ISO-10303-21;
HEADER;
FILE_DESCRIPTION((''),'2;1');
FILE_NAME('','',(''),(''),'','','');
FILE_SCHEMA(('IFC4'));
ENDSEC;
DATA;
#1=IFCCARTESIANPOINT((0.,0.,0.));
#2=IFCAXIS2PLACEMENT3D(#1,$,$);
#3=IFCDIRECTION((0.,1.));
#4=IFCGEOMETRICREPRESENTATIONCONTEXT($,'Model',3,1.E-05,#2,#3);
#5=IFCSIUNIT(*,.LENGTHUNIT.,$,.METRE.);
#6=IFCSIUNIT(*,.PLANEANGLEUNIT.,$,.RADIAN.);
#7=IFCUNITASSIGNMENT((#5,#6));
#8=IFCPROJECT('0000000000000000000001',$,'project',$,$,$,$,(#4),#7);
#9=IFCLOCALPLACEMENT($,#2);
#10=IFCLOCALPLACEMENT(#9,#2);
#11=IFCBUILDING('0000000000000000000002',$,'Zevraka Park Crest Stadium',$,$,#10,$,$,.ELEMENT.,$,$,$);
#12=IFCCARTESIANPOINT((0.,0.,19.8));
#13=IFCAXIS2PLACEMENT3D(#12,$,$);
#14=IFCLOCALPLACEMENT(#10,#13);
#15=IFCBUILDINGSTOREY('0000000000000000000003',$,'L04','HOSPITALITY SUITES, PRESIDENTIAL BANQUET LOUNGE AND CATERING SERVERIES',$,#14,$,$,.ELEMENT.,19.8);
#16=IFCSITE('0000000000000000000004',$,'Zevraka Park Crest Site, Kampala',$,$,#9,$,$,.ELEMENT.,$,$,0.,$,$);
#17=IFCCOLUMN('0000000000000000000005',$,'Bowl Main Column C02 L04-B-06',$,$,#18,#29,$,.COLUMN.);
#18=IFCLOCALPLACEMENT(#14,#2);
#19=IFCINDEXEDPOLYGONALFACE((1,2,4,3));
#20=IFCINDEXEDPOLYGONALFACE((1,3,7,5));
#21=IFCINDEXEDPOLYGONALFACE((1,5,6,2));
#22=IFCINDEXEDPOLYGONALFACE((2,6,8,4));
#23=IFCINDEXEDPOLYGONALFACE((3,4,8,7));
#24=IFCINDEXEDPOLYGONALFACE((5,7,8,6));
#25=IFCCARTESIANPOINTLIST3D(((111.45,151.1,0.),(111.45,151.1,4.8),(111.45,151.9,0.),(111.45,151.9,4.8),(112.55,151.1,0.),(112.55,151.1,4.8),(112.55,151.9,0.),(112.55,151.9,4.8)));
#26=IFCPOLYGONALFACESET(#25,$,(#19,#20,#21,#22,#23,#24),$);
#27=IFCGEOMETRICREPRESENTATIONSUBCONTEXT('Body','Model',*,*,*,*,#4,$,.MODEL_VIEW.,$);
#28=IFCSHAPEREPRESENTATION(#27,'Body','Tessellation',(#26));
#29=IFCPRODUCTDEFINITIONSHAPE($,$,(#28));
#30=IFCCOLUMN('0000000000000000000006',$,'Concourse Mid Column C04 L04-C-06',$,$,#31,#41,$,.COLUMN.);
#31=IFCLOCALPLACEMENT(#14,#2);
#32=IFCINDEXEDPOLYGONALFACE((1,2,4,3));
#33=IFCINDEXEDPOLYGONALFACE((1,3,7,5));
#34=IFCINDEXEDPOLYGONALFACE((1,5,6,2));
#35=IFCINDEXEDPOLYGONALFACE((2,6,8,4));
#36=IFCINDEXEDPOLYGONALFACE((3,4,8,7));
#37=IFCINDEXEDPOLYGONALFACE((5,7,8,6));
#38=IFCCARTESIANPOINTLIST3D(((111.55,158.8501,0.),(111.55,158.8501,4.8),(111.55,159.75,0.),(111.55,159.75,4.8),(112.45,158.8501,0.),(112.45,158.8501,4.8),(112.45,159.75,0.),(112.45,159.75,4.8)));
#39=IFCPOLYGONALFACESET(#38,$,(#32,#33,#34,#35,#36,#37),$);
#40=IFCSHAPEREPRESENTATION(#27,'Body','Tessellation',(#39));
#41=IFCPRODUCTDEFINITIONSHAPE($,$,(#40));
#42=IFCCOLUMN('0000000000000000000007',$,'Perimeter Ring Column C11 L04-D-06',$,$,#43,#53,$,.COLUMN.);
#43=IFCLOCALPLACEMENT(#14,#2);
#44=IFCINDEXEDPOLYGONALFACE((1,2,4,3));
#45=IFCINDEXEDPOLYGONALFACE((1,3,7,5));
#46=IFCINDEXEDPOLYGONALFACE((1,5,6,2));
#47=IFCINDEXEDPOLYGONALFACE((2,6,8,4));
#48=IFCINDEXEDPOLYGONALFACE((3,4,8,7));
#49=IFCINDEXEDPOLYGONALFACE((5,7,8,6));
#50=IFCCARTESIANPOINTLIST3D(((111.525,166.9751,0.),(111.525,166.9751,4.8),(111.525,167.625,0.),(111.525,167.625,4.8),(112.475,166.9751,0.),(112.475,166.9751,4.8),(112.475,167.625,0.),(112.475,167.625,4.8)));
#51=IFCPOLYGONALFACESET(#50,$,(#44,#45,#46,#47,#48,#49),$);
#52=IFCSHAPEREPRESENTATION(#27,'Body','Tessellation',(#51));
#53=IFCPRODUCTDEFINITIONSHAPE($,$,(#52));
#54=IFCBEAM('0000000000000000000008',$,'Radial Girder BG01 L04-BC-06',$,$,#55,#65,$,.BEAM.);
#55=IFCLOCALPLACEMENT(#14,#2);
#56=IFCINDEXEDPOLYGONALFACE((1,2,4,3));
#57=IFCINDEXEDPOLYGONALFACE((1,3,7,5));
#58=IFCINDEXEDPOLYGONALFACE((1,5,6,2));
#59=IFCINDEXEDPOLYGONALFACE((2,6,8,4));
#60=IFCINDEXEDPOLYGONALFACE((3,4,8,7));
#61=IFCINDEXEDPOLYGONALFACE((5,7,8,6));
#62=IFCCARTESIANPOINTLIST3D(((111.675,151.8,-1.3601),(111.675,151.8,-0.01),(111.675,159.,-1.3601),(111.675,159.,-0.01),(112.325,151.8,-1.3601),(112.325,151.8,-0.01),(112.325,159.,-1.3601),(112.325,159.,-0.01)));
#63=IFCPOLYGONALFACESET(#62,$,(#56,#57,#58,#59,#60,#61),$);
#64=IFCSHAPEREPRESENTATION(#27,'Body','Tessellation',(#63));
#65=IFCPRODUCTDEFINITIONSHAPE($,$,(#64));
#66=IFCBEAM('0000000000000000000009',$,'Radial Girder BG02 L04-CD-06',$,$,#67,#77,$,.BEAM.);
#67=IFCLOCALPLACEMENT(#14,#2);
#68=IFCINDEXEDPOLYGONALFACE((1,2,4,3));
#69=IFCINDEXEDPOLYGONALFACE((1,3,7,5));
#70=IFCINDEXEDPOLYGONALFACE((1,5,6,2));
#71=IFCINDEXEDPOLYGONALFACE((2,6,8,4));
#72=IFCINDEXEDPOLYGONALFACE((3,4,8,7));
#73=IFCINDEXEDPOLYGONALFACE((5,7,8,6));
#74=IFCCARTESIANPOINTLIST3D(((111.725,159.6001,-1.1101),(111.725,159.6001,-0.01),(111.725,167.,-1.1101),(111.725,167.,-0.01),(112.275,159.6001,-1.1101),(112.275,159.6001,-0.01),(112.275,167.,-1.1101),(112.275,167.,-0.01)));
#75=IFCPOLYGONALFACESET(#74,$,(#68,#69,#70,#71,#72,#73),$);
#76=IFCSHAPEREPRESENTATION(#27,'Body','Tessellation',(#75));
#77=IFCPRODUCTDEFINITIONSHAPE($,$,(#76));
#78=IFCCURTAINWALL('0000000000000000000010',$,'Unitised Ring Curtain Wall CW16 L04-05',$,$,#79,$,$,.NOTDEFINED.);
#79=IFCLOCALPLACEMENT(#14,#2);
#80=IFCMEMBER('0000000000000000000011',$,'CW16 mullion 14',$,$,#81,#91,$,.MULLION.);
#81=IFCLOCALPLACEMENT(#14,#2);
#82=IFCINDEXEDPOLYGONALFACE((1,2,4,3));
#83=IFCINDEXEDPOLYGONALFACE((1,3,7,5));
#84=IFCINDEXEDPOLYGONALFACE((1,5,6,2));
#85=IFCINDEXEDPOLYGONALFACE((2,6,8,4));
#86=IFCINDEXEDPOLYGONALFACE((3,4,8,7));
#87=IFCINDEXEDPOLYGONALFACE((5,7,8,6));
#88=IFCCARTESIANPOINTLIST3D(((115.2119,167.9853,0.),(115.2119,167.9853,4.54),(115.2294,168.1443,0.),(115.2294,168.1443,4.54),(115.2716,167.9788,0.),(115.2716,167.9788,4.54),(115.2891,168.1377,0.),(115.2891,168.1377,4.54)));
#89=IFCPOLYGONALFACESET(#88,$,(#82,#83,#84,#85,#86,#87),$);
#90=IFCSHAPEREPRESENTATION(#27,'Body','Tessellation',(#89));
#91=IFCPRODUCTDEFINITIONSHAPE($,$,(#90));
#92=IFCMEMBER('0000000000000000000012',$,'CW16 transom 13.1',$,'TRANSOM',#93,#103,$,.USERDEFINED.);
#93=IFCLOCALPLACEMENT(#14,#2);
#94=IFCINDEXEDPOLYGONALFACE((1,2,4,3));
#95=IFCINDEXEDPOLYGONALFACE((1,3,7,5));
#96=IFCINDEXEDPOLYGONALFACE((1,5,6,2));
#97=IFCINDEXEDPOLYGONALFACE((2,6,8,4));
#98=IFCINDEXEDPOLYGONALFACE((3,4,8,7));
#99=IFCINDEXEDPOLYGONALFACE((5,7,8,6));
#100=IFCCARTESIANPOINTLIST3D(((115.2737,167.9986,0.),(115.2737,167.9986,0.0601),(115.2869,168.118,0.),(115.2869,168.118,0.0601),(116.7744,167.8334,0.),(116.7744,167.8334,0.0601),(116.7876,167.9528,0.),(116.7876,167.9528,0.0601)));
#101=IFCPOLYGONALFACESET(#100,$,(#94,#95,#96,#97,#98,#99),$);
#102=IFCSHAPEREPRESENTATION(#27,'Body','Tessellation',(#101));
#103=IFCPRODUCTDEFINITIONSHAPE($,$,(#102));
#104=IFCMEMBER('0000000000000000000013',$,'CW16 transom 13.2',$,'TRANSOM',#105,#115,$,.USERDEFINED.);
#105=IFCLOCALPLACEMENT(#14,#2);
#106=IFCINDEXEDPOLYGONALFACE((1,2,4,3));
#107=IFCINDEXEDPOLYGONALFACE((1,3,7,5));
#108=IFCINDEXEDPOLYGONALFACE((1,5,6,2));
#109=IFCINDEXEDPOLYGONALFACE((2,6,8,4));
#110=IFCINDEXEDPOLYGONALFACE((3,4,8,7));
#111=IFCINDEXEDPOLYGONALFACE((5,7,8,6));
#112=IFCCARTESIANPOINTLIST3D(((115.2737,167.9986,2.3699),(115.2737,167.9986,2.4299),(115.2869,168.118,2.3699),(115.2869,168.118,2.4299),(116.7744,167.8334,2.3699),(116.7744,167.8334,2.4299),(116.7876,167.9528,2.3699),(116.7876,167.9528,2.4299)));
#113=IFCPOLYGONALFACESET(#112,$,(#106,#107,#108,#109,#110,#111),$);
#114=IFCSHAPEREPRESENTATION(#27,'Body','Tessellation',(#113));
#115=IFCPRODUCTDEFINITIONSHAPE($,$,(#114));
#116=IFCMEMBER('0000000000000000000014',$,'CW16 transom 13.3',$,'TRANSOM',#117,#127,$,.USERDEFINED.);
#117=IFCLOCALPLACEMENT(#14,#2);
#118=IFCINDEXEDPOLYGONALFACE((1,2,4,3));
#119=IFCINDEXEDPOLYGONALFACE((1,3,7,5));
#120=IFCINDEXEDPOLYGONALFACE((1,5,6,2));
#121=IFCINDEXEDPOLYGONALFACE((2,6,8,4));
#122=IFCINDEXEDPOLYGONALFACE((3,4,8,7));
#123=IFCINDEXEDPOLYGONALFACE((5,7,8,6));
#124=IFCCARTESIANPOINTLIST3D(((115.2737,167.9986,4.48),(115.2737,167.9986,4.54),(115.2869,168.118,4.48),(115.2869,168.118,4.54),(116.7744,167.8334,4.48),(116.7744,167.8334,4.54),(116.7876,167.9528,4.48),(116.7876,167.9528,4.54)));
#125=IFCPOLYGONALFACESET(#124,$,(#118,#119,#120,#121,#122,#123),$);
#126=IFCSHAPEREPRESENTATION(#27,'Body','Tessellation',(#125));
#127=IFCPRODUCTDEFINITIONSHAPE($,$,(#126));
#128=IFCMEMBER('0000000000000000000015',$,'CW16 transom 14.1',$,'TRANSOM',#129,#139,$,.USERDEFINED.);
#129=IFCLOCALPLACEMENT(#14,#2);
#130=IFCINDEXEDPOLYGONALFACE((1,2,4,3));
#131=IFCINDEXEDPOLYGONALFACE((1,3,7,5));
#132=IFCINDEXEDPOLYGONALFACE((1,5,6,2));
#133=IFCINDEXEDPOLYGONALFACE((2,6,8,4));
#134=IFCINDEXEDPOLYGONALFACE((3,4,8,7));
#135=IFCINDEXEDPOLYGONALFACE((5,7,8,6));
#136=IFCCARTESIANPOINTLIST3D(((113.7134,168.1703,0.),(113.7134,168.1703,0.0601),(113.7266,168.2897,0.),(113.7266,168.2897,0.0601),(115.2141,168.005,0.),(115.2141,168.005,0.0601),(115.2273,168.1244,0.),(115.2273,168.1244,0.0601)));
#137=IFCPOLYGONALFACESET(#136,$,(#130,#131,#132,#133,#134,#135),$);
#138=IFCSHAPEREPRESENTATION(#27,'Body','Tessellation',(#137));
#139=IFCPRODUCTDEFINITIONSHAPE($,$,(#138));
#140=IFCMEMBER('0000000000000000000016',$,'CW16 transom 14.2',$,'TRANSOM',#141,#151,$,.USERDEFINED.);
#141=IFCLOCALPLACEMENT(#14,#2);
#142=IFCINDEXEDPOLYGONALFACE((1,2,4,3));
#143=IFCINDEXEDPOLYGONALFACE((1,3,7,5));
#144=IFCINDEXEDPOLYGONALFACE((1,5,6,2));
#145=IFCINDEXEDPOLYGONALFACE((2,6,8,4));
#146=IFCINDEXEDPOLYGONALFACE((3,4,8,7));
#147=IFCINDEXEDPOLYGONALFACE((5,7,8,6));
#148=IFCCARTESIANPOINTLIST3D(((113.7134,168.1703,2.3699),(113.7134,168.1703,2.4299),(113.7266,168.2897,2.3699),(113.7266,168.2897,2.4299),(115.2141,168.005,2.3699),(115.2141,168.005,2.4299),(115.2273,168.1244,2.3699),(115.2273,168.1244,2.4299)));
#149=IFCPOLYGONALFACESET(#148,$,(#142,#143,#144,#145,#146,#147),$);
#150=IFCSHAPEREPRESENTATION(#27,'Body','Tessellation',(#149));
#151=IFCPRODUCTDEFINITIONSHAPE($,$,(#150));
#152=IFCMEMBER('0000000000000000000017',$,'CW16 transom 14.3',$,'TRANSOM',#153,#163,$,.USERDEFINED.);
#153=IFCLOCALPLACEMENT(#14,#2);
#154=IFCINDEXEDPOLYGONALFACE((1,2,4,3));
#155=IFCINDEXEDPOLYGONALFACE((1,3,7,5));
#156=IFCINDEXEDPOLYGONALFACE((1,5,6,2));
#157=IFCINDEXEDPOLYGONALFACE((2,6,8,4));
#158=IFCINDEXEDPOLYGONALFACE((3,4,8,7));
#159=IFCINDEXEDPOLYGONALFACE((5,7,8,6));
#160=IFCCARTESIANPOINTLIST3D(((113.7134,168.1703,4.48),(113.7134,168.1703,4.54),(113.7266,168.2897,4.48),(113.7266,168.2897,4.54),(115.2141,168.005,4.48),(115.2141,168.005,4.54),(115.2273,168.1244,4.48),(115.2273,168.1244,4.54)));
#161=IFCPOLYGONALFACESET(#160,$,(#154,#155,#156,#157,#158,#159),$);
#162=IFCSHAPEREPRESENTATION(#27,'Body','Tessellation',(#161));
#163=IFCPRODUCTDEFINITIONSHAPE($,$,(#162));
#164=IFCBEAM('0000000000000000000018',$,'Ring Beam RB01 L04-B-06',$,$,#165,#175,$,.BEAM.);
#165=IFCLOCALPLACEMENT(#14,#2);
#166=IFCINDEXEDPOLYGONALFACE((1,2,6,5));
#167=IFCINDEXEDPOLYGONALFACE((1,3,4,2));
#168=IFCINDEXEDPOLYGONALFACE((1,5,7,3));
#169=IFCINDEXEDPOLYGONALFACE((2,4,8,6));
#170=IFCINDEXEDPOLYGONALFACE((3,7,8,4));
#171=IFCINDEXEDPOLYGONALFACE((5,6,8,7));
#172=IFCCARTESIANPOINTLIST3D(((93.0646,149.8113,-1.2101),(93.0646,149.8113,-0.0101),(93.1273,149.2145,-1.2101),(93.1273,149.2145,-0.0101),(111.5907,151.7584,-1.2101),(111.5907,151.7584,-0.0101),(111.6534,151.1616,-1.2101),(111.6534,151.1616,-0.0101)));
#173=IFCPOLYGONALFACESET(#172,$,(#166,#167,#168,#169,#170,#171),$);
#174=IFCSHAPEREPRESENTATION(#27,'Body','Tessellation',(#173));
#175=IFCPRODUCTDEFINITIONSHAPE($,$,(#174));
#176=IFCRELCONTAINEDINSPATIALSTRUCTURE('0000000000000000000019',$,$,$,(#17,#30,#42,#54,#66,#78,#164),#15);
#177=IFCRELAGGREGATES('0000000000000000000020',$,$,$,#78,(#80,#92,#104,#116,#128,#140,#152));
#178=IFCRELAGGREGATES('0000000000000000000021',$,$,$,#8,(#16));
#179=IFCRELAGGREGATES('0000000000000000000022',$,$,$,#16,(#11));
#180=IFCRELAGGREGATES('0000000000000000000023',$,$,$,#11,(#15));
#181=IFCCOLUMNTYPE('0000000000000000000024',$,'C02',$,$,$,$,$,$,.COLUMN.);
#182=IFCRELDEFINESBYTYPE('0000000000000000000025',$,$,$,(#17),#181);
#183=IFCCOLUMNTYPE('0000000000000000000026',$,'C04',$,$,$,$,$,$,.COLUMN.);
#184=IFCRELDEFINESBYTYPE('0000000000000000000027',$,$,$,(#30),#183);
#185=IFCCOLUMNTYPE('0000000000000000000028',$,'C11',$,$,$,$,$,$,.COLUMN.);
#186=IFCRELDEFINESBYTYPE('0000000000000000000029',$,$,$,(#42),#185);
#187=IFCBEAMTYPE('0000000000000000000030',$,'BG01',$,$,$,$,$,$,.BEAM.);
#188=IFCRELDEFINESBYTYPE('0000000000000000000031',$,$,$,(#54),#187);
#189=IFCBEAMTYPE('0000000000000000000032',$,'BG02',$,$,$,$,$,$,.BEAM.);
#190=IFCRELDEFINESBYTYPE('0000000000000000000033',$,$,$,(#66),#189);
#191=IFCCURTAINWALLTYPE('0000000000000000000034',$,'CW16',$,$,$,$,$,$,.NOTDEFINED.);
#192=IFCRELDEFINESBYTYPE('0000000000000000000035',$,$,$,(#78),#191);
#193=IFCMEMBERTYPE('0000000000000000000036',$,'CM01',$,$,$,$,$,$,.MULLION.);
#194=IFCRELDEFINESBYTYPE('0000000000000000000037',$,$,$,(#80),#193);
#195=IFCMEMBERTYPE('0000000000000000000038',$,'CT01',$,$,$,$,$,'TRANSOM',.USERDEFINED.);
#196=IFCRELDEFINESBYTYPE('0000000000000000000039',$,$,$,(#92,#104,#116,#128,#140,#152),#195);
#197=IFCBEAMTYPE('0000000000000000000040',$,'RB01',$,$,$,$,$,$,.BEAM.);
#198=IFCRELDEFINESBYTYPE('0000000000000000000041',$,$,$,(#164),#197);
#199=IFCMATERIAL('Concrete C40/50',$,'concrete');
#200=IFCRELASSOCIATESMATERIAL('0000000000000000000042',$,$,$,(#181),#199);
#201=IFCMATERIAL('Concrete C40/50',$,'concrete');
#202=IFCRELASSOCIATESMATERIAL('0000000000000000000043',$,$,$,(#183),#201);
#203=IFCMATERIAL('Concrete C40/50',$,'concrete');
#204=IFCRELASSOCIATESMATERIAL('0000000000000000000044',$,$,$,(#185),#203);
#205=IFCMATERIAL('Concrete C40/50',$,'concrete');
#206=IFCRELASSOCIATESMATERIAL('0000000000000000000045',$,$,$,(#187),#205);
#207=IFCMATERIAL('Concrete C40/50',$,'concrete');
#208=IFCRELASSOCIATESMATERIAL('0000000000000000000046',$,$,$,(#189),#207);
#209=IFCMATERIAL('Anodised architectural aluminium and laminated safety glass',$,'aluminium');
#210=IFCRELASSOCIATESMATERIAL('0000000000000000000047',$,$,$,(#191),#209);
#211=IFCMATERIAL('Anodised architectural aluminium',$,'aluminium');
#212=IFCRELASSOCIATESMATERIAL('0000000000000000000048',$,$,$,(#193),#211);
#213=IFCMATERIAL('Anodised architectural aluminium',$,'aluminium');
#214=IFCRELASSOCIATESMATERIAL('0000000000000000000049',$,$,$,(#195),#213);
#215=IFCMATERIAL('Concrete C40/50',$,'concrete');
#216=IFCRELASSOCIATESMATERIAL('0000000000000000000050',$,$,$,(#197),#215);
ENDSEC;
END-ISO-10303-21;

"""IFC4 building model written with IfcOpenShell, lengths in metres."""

from ifc_helpers import new_model, si_unit, direction, frame, origin, origin_2d, place, context, subcontext, project, spatial, rectangle, extrude, material, material_profile, profile_set, type_object, element, aggregate, save


model = new_model("IFC4")

# Units and contexts
model_context = context("Model", 3, precision=1e-05, world=origin(), true_north=direction((0.0, 1.0)))
body_context = subcontext(model_context, "Body", "Model", "MODEL_VIEW")
ifc_project = project(units=[si_unit("LENGTHUNIT", "METRE"), si_unit("PLANEANGLEUNIT", "RADIAN")], contexts=[model_context])

# Site, building, storey
site_placement = place(None, origin())
site = spatial("IfcSite", under=ifc_project, at=site_placement, Name="Zevraka Park Crest Site, Kampala", CompositionType="ELEMENT", RefElevation=0.0)
building_placement = place(site_placement, origin())
building = spatial("IfcBuilding", under=site, at=building_placement, Name="Zevraka Park Crest Stadium", CompositionType="ELEMENT")
storey_placement = place(building_placement, frame((0.0, 0.0, 19.8)))
storey = spatial("IfcBuildingStorey", under=building, at=storey_placement, Name="L04", Description="HOSPITALITY SUITES, PRESIDENTIAL BANQUET LOUNGE AND CATERING SERVERIES", CompositionType="ELEMENT", Elevation=19.8)

# Columns
ifc_material_1 = material(Name="Concrete C40/50", Category="concrete")
ifc_material_profile_1 = material_profile(ifc_material_1, rectangle(XDim=0.8, YDim=1.1001, at=origin_2d()), Name="RC 1100x800")
ifc_profile_set_1 = profile_set([ifc_material_profile_1], Name="Concrete C40/50")
column_type_1 = type_object("IfcColumnType", Name="C02", PredefinedType="COLUMN", material=ifc_profile_set_1)
column_1_placement = place(storey_placement, frame((112.0, 151.5, 0.0), z_axis=(0.0, 0.0, 1.0), x_axis=(0.0, 1.0, 0.0)))
element("IfcColumn", 1, at=column_1_placement, inside=storey, type_object=column_type_1, Name="Bowl Main Column C02 L04-B-06", PredefinedType="COLUMN", context=body_context, shape_type="SweptSolid", body=[
    extrude(rectangle(XDim=0.8, YDim=1.1001, at=origin_2d()), origin(), (0.0, 0.0, 1.0), 4.8),
])
ifc_material_2 = material(Name="Concrete C40/50", Category="concrete")
ifc_material_profile_2 = material_profile(ifc_material_2, rectangle(XDim=0.8999, YDim=0.8999, at=origin_2d()), Name="RC 900x900")
ifc_profile_set_2 = profile_set([ifc_material_profile_2], Name="Concrete C40/50")
column_type_2 = type_object("IfcColumnType", Name="C04", PredefinedType="COLUMN", material=ifc_profile_set_2)
column_2_placement = place(storey_placement, frame((112.0, 159.3, 0.0), z_axis=(0.0, 0.0, 1.0), x_axis=(0.0, 1.0, 0.0)))
element("IfcColumn", 2, at=column_2_placement, inside=storey, type_object=column_type_2, Name="Concourse Mid Column C04 L04-C-06", PredefinedType="COLUMN", context=body_context, shape_type="SweptSolid", body=[
    extrude(rectangle(XDim=0.8999, YDim=0.8999, at=origin_2d()), origin(), (0.0, 0.0, 1.0), 4.8),
])
ifc_material_3 = material(Name="Concrete C40/50", Category="concrete")
ifc_material_profile_3 = material_profile(ifc_material_3, rectangle(XDim=0.6499, YDim=0.95, at=origin_2d()), Name="RC 950x650")
ifc_profile_set_3 = profile_set([ifc_material_profile_3], Name="Concrete C40/50")
column_type_3 = type_object("IfcColumnType", Name="C11", PredefinedType="COLUMN", material=ifc_profile_set_3)
column_3_placement = place(storey_placement, frame((112.0, 167.3, 0.0), z_axis=(0.0, 0.0, 1.0), x_axis=(0.0, 1.0, 0.0)))
element("IfcColumn", 3, at=column_3_placement, inside=storey, type_object=column_type_3, Name="Perimeter Ring Column C11 L04-D-06", PredefinedType="COLUMN", context=body_context, shape_type="SweptSolid", body=[
    extrude(rectangle(XDim=0.6499, YDim=0.95, at=origin_2d()), origin(), (0.0, 0.0, 1.0), 4.8),
])

# Beams
ifc_material_4 = material(Name="Concrete C40/50", Category="concrete")
ifc_material_profile_4 = material_profile(ifc_material_4, rectangle(XDim=0.6499, YDim=1.3501, at=origin_2d()), Name="RC 1350x650")
ifc_profile_set_4 = profile_set([ifc_material_profile_4], Name="Concrete C40/50")
beam_type_1 = type_object("IfcBeamType", Name="BG01", PredefinedType="BEAM", material=ifc_profile_set_4)
beam_1_placement = place(storey_placement, frame((112.0, 151.8, -0.6851), z_axis=(0.0, 1.0, 0.0), x_axis=(-1.0, 0.0, 0.0)))
element("IfcBeam", 4, at=beam_1_placement, inside=storey, type_object=beam_type_1, Name="Radial Girder BG01 L04-BC-06", PredefinedType="BEAM", context=body_context, shape_type="SweptSolid", body=[
    extrude(rectangle(XDim=0.6499, YDim=1.3501, at=origin_2d()), origin(), (0.0, 0.0, 1.0), 7.2),
])
ifc_material_5 = material(Name="Concrete C40/50", Category="concrete")
ifc_material_profile_5 = material_profile(ifc_material_5, rectangle(XDim=0.55, YDim=1.1001, at=origin_2d()), Name="RC 1100x550")
ifc_profile_set_5 = profile_set([ifc_material_profile_5], Name="Concrete C40/50")
beam_type_2 = type_object("IfcBeamType", Name="BG02", PredefinedType="BEAM", material=ifc_profile_set_5)
beam_2_placement = place(storey_placement, frame((112.0, 159.6001, -0.5601), z_axis=(0.0, 1.0, 0.0), x_axis=(-1.0, 0.0, 0.0)))
element("IfcBeam", 5, at=beam_2_placement, inside=storey, type_object=beam_type_2, Name="Radial Girder BG02 L04-CD-06", PredefinedType="BEAM", context=body_context, shape_type="SweptSolid", body=[
    extrude(rectangle(XDim=0.55, YDim=1.1001, at=origin_2d()), origin(), (0.0, 0.0, 1.0), 7.3999),
])

# Curtain wall, members
ifc_material_6 = material(Name="Anodised architectural aluminium and laminated safety glass", Category="aluminium")
curtain_wall_type = type_object("IfcCurtainWallType", Name="CW16", PredefinedType="NOTDEFINED", material=ifc_material_6)
curtain_wall_placement = place(storey_placement, origin())
curtain_wall = element("IfcCurtainWall", 6, at=curtain_wall_placement, inside=storey, type_object=curtain_wall_type, Name="Unitised Ring Curtain Wall CW16 L04-05", PredefinedType="NOTDEFINED")
ifc_material_7 = material(Name="Anodised architectural aluminium", Category="aluminium")
ifc_material_profile_6 = material_profile(ifc_material_7, rectangle(XDim=0.1599, YDim=0.0601, at=origin_2d()), Name="ALU MULLION 160x60")
ifc_profile_set_6 = profile_set([ifc_material_profile_6], Name="Anodised architectural aluminium")
member_type_1 = type_object("IfcMemberType", Name="CM01", PredefinedType="MULLION", material=ifc_profile_set_6)
member_1_placement = place(storey_placement, frame((115.2505, 168.0615, 0.0), z_axis=(0.0, 0.0, 1.0), x_axis=(-0.109406, -0.993997, 0.0)))
member_1 = element("IfcMember", 7, at=member_1_placement, type_object=member_type_1, Name="CW16 mullion 14", PredefinedType="MULLION", context=body_context, shape_type="SweptSolid", body=[
    extrude(rectangle(XDim=0.1599, YDim=0.0601, at=origin_2d()), origin(), (0.0, 0.0, 1.0), 4.54),
])
ifc_material_8 = material(Name="Anodised architectural aluminium", Category="aluminium")
ifc_material_profile_7 = material_profile(ifc_material_8, rectangle(XDim=0.1201, YDim=0.0601, at=origin_2d()), Name="ALU TRANSOM 120x60")
ifc_profile_set_7 = profile_set([ifc_material_profile_7], Name="Anodised architectural aluminium")
member_type_2 = type_object("IfcMemberType", Name="CT01", ElementType="TRANSOM", PredefinedType="USERDEFINED", material=ifc_profile_set_7)
member_2_placement = place(storey_placement, frame((116.781, 167.8931, 0.03), z_axis=(-0.99399, 0.109473, 0.0), x_axis=(-0.109473, -0.99399, 0.0)))
member_2 = element("IfcMember", 8, at=member_2_placement, type_object=member_type_2, Name="CW16 transom 13.1", ObjectType="TRANSOM", PredefinedType="USERDEFINED", context=body_context, shape_type="SweptSolid", body=[
    extrude(rectangle(XDim=0.1201, YDim=0.0601, at=origin_2d()), origin(), (0.0, 0.0, 1.0), 1.5098),
])
member_3_placement = place(storey_placement, frame((116.781, 167.8931, 2.3999), z_axis=(-0.99399, 0.109473, 0.0), x_axis=(-0.109473, -0.99399, 0.0)))
member_3 = element("IfcMember", 9, at=member_3_placement, type_object=member_type_2, Name="CW16 transom 13.2", ObjectType="TRANSOM", PredefinedType="USERDEFINED", context=body_context, shape_type="SweptSolid", body=[
    extrude(rectangle(XDim=0.1201, YDim=0.0601, at=origin_2d()), origin(), (0.0, 0.0, 1.0), 1.5098),
])
member_4_placement = place(storey_placement, frame((116.781, 167.8931, 4.51), z_axis=(-0.99399, 0.109473, 0.0), x_axis=(-0.109473, -0.99399, 0.0)))
member_4 = element("IfcMember", 10, at=member_4_placement, type_object=member_type_2, Name="CW16 transom 13.3", ObjectType="TRANSOM", PredefinedType="USERDEFINED", context=body_context, shape_type="SweptSolid", body=[
    extrude(rectangle(XDim=0.1201, YDim=0.0601, at=origin_2d()), origin(), (0.0, 0.0, 1.0), 1.5098),
])
member_5_placement = place(storey_placement, frame((115.2207, 168.0647, 0.03), z_axis=(-0.99399, 0.109473, 0.0), x_axis=(-0.109473, -0.99399, 0.0)))
member_5 = element("IfcMember", 11, at=member_5_placement, type_object=member_type_2, Name="CW16 transom 14.1", ObjectType="TRANSOM", PredefinedType="USERDEFINED", context=body_context, shape_type="SweptSolid", body=[
    extrude(rectangle(XDim=0.1201, YDim=0.0601, at=origin_2d()), origin(), (0.0, 0.0, 1.0), 1.5098),
])
member_6_placement = place(storey_placement, frame((115.2207, 168.0647, 2.3999), z_axis=(-0.99399, 0.109473, 0.0), x_axis=(-0.109473, -0.99399, 0.0)))
member_6 = element("IfcMember", 12, at=member_6_placement, type_object=member_type_2, Name="CW16 transom 14.2", ObjectType="TRANSOM", PredefinedType="USERDEFINED", context=body_context, shape_type="SweptSolid", body=[
    extrude(rectangle(XDim=0.1201, YDim=0.0601, at=origin_2d()), origin(), (0.0, 0.0, 1.0), 1.5098),
])
member_7_placement = place(storey_placement, frame((115.2207, 168.0647, 4.51), z_axis=(-0.99399, 0.109473, 0.0), x_axis=(-0.109473, -0.99399, 0.0)))
member_7 = element("IfcMember", 13, at=member_7_placement, type_object=member_type_2, Name="CW16 transom 14.3", ObjectType="TRANSOM", PredefinedType="USERDEFINED", context=body_context, shape_type="SweptSolid", body=[
    extrude(rectangle(XDim=0.1201, YDim=0.0601, at=origin_2d()), origin(), (0.0, 0.0, 1.0), 1.5098),
])

# Beam
ifc_material_9 = material(Name="Concrete C40/50", Category="concrete")
ifc_material_profile_8 = material_profile(ifc_material_9, rectangle(XDim=0.6001, YDim=1.2, at=origin_2d()), Name="RC 1200x600")
ifc_profile_set_8 = profile_set([ifc_material_profile_8], Name="Concrete C40/50")
beam_type_3 = type_object("IfcBeamType", Name="RB01", PredefinedType="BEAM", material=ifc_profile_set_8)
beam_3_placement = place(storey_placement, frame((111.6221, 151.46, -0.6101), z_axis=(-0.994523, -0.10452, 0.0), x_axis=(0.10452, -0.994523, 0.0)))
element("IfcBeam", 14, at=beam_3_placement, inside=storey, type_object=beam_type_3, Name="Ring Beam RB01 L04-B-06", PredefinedType="BEAM", context=body_context, shape_type="SweptSolid", body=[
    extrude(rectangle(XDim=0.6001, YDim=1.2, at=origin_2d()), origin(), (0.0, 0.0, 1.0), 18.6282),
])

aggregate(curtain_wall, [member_1, member_2, member_3, member_4, member_5, member_6, member_7])

save(model, "model.ifc")
